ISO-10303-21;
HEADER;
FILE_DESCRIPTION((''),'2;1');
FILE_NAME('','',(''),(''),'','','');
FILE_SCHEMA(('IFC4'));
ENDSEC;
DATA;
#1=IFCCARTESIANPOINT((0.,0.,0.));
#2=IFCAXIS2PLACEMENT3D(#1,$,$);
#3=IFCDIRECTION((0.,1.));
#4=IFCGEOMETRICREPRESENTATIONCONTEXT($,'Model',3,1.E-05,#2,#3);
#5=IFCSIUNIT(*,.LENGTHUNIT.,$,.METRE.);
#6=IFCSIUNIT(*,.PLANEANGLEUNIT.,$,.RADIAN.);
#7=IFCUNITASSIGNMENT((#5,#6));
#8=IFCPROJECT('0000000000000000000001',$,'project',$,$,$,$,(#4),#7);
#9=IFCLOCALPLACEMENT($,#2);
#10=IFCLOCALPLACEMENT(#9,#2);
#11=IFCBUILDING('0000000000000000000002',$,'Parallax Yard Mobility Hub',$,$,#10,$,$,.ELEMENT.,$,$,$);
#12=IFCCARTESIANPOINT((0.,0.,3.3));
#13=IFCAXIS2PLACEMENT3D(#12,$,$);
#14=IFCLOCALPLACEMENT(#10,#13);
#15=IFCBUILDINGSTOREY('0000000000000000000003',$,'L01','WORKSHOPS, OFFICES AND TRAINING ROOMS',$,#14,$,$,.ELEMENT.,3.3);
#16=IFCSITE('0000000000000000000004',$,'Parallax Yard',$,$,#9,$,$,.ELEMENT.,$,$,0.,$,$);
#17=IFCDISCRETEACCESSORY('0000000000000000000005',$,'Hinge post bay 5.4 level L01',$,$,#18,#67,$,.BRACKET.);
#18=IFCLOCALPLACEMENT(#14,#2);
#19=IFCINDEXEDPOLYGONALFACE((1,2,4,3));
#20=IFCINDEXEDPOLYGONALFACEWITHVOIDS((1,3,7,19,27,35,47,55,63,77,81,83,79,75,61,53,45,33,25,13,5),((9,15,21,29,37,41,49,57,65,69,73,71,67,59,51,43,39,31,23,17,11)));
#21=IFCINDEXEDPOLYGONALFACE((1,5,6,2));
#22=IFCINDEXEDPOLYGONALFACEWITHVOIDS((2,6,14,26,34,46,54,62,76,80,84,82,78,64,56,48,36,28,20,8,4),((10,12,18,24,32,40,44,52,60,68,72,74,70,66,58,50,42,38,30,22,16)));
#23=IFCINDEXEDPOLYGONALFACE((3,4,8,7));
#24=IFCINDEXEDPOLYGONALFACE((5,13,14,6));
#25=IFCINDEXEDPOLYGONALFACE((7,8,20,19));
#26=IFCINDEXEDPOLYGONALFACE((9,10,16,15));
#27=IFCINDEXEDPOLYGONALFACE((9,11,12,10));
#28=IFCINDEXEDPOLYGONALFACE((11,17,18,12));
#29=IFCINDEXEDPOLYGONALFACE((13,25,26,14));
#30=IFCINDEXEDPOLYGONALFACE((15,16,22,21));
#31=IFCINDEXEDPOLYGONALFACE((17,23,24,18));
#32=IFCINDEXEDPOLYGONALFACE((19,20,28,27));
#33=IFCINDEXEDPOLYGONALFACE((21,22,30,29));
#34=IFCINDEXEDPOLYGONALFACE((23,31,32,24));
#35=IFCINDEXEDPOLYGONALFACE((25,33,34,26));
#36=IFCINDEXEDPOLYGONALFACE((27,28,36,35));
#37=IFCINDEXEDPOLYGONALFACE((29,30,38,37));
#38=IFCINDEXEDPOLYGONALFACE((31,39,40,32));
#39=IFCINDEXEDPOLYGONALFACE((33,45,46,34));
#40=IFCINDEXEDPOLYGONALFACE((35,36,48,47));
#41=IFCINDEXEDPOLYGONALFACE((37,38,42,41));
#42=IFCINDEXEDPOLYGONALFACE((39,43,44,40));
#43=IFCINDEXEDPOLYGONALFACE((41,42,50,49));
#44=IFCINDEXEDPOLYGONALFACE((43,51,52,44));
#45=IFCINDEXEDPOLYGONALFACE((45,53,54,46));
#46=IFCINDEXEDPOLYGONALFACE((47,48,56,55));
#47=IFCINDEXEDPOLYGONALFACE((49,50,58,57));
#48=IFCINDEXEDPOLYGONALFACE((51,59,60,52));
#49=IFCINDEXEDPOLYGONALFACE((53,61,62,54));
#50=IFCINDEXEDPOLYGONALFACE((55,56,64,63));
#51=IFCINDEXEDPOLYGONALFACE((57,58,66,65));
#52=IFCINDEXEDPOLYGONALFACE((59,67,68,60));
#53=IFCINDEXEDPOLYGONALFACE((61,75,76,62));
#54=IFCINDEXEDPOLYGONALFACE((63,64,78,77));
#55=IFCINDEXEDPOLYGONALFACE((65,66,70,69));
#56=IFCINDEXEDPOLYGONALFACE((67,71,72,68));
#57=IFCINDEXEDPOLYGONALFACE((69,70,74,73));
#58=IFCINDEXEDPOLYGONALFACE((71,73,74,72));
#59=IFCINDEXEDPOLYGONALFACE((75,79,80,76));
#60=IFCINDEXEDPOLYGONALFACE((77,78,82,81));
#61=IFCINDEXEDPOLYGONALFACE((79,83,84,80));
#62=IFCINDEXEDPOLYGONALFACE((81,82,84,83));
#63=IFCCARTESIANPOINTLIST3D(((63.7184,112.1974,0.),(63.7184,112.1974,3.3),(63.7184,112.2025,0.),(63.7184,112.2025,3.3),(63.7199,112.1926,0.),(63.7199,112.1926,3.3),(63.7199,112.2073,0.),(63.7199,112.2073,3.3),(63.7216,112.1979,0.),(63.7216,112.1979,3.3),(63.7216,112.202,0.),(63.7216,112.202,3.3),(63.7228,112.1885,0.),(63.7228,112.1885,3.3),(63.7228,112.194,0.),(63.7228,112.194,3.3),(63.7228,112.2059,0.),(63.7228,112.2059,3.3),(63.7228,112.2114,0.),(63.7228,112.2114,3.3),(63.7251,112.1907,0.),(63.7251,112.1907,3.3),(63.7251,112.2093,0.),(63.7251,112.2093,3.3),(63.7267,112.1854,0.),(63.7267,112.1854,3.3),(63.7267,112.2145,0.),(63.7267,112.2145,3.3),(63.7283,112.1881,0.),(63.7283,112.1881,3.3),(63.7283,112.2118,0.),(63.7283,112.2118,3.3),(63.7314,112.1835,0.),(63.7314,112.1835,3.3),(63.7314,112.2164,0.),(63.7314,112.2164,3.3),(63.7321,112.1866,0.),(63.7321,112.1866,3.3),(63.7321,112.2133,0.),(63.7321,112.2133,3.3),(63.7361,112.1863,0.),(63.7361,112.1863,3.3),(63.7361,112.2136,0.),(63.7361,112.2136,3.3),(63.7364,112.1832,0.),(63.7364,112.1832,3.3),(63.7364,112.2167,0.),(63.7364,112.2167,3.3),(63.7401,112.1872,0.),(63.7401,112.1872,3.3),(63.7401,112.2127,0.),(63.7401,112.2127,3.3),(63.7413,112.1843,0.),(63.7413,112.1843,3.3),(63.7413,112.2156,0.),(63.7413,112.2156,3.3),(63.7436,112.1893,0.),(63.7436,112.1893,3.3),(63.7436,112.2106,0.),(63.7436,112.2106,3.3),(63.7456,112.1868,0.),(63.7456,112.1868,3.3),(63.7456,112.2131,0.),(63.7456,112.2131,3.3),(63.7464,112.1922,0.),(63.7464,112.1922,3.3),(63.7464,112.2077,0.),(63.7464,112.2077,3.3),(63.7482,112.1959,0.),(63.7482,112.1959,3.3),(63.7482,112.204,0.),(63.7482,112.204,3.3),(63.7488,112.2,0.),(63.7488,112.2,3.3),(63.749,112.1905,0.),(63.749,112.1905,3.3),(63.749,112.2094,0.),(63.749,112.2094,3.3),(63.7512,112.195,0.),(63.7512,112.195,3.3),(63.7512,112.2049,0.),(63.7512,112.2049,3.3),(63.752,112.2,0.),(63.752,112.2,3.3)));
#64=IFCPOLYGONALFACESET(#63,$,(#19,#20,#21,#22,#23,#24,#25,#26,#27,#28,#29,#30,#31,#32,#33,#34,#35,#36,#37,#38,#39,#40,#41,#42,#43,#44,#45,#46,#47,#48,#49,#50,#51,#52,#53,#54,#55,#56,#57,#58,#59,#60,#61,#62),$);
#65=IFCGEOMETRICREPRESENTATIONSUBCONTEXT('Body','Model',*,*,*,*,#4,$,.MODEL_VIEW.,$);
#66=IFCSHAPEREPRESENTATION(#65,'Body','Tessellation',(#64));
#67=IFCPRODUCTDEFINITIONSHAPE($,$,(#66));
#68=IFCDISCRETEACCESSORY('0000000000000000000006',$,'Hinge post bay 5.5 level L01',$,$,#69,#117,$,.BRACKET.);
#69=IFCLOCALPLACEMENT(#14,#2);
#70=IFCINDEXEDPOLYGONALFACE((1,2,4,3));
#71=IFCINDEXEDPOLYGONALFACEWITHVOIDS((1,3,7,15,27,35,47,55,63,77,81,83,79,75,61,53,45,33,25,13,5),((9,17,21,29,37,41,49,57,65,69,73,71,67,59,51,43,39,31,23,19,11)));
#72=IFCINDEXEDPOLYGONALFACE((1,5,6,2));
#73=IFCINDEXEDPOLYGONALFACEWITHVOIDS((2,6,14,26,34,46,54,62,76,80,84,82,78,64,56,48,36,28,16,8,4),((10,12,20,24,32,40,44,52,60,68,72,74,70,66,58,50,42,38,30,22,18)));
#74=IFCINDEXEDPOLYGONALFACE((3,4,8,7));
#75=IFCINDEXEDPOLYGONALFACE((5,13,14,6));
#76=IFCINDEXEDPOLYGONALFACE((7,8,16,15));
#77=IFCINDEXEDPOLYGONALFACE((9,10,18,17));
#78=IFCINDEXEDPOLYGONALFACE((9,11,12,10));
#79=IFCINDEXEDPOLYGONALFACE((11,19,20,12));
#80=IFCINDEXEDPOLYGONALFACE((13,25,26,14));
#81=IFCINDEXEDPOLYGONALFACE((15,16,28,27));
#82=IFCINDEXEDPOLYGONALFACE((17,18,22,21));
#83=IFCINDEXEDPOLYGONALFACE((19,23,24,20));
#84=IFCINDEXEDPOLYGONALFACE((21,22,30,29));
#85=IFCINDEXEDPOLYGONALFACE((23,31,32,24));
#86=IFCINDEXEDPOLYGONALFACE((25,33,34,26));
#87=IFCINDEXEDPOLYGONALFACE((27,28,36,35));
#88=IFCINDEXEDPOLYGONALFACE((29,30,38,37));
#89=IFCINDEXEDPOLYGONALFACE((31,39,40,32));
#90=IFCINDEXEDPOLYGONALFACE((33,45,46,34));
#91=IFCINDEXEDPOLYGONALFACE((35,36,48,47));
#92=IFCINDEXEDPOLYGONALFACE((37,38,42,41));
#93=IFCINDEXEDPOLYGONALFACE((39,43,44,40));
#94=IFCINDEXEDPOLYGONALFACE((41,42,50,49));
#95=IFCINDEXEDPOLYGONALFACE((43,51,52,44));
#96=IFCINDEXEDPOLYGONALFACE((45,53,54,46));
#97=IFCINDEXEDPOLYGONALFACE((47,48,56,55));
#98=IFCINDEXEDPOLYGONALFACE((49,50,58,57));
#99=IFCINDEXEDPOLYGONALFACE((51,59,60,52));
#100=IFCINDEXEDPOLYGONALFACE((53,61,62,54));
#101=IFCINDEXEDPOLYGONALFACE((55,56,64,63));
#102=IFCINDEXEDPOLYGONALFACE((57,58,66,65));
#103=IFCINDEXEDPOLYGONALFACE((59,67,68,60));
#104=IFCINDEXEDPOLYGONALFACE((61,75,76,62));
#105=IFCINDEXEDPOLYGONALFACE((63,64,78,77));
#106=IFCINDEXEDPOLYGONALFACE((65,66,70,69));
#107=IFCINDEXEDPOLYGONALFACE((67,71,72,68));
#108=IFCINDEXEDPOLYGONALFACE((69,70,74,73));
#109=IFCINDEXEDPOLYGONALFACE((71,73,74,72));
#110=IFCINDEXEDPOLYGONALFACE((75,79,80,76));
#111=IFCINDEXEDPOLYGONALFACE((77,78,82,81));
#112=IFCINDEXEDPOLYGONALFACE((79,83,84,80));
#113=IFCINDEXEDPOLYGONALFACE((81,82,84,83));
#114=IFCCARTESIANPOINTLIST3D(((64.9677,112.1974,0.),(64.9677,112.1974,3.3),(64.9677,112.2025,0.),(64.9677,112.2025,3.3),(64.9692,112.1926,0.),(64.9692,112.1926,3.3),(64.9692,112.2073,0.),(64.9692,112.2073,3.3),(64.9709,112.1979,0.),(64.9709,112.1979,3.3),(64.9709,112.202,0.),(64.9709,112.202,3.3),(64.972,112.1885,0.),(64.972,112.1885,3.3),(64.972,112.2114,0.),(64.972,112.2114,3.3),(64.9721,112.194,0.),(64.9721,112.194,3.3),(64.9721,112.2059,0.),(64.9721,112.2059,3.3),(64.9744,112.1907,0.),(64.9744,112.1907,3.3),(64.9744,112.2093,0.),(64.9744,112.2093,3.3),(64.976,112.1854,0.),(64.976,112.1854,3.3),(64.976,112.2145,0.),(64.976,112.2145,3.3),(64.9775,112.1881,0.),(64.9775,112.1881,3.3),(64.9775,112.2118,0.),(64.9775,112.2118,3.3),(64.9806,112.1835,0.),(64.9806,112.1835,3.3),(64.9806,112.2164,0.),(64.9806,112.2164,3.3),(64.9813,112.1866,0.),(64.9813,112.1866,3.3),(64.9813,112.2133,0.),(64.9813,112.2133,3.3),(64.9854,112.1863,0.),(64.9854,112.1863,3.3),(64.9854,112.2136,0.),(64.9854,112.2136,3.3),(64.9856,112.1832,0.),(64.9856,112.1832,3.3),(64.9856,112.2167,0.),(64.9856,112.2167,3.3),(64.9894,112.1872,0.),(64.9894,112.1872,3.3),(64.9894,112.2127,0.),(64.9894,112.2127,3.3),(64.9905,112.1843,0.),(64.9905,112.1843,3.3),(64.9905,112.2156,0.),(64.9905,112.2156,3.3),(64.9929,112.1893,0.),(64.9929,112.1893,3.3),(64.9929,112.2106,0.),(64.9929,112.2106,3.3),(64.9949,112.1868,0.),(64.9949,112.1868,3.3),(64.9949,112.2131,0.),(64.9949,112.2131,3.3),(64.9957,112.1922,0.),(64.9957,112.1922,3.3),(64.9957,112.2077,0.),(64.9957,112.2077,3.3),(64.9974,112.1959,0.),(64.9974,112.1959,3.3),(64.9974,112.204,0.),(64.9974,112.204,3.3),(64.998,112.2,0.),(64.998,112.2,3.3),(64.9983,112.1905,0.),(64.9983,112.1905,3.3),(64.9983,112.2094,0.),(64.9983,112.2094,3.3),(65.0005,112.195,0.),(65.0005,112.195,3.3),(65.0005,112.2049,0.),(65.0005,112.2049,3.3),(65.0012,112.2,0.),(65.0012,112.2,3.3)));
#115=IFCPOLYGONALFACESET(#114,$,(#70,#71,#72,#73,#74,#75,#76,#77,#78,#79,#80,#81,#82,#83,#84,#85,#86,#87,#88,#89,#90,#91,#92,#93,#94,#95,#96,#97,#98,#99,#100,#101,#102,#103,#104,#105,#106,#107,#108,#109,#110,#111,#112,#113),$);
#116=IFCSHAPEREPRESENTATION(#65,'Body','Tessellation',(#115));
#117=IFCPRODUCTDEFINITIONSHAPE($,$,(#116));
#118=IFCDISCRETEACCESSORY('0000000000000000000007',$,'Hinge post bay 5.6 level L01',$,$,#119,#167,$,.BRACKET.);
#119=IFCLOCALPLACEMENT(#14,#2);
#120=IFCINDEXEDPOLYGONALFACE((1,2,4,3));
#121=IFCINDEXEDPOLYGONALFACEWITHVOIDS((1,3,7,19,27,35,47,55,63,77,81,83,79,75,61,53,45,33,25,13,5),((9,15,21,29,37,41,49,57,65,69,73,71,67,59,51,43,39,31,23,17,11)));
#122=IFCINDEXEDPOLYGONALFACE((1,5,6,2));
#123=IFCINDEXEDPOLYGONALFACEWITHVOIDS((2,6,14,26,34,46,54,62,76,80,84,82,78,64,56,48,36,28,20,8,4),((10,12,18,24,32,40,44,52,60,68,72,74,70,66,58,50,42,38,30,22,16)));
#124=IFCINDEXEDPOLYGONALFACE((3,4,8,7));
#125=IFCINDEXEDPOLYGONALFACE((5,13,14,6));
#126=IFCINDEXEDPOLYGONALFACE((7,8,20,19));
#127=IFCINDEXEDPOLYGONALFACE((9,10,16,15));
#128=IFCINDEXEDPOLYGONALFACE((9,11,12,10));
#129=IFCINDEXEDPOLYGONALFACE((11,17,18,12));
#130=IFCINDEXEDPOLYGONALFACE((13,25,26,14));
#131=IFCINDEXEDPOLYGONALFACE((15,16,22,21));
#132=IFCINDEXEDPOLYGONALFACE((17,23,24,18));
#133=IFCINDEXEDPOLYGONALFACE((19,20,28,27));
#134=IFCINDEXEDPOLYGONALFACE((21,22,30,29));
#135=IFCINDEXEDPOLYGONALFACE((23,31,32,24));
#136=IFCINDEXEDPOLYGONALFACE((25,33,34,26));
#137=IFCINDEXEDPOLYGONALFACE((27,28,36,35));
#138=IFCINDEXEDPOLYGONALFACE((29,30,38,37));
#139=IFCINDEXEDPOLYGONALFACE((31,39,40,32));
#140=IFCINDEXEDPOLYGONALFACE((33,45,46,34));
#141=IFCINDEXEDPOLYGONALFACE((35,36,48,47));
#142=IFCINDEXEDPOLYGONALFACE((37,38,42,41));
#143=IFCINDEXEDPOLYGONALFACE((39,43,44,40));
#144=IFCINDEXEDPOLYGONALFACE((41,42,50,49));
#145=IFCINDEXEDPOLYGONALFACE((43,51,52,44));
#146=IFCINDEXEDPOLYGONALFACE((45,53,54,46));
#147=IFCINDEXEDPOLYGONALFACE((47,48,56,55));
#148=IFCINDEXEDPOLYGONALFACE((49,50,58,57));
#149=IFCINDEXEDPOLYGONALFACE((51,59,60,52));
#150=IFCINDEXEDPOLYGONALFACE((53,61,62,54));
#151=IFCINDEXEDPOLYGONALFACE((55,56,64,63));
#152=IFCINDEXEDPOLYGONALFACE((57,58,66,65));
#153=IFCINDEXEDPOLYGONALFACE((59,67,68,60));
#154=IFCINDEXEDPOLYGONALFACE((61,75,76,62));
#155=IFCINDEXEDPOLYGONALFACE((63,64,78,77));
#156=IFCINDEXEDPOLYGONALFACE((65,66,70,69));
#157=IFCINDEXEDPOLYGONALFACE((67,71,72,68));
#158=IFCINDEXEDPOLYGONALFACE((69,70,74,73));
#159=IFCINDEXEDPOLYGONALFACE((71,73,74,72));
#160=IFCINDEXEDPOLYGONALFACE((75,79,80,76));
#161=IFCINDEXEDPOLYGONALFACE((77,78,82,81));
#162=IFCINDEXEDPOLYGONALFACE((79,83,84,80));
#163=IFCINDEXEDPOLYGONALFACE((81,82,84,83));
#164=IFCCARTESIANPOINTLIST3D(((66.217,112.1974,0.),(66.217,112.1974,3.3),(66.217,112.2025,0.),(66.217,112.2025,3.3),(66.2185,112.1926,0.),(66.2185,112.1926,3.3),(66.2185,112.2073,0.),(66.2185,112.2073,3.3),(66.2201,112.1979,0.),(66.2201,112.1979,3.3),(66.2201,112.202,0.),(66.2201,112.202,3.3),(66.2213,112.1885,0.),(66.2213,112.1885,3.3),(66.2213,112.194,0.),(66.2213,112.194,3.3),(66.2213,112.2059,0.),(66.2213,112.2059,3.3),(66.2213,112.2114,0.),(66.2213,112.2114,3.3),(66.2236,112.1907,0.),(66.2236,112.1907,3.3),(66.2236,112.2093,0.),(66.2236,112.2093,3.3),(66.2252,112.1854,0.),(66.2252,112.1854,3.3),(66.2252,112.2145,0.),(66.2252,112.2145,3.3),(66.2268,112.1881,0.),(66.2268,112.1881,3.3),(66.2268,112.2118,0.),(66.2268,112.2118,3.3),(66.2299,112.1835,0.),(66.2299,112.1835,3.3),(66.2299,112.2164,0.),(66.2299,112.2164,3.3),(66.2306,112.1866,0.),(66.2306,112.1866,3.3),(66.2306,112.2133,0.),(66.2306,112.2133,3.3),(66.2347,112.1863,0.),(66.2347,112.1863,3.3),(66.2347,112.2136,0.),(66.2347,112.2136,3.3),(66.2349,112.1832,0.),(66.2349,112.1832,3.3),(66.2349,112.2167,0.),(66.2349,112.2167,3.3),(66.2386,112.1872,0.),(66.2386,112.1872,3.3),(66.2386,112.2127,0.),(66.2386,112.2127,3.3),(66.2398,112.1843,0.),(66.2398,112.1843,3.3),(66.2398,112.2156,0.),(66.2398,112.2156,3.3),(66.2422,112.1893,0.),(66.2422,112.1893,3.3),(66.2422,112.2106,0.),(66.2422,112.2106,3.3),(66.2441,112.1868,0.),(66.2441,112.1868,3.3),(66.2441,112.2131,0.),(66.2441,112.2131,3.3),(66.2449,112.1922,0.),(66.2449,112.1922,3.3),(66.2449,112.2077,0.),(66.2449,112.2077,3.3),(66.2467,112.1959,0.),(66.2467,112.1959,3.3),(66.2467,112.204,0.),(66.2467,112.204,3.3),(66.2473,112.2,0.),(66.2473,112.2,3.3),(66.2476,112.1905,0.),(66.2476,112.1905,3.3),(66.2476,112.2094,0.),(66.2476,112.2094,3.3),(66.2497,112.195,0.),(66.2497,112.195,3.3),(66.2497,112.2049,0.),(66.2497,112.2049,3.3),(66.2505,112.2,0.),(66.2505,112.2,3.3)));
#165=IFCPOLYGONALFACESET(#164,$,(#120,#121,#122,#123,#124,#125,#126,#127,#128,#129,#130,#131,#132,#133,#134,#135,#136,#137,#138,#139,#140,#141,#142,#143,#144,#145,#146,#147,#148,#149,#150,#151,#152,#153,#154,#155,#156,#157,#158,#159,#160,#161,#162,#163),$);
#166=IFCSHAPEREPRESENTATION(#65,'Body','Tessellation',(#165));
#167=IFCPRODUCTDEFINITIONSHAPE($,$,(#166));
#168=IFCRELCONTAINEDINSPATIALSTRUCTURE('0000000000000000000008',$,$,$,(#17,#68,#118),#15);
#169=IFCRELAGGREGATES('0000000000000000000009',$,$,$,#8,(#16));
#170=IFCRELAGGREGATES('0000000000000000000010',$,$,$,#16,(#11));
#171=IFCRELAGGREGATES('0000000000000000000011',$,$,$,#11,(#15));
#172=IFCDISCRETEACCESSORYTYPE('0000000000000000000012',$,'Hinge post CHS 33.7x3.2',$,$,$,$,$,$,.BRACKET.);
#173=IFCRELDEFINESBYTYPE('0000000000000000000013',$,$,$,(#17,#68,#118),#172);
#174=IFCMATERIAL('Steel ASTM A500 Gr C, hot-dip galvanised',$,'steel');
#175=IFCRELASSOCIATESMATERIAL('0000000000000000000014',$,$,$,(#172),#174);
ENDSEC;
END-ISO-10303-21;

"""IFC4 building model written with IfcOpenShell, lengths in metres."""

from ifc_helpers import new_model, si_unit, direction, frame, origin, origin_2d, place, context, subcontext, project, spatial, hollow_circle, extrude, material, material_profile, profile_set, type_object, element, save


model = new_model("IFC4")

# Units and contexts
model_context = context("Model", 3, precision=1e-05, world=origin(), true_north=direction((0.0, 1.0)))
body_context = subcontext(model_context, "Body", "Model", "MODEL_VIEW")
ifc_project = project(units=[si_unit("LENGTHUNIT", "METRE"), si_unit("PLANEANGLEUNIT", "RADIAN")], contexts=[model_context])

# Site, building, storey
site_placement = place(None, origin())
site = spatial("IfcSite", under=ifc_project, at=site_placement, Name="Parallax Yard", CompositionType="ELEMENT", RefElevation=0.0)
building_placement = place(site_placement, origin())
building = spatial("IfcBuilding", under=site, at=building_placement, Name="Parallax Yard Mobility Hub", CompositionType="ELEMENT")
storey_placement = place(building_placement, frame((0.0, 0.0, 3.3)))
storey = spatial("IfcBuildingStorey", under=building, at=storey_placement, Name="L01", Description="WORKSHOPS, OFFICES AND TRAINING ROOMS", CompositionType="ELEMENT", Elevation=3.3)

# Discrete accessories
ifc_material_1 = material(Name="Steel ASTM A500 Gr C, hot-dip galvanised", Category="steel")
ifc_material_profile_1 = material_profile(ifc_material_1, hollow_circle(Radius=0.0168, WallThickness=0.0032, at=origin_2d()), Name="CHS 33.7x3.2")
ifc_profile_set_1 = profile_set([ifc_material_profile_1], Name="Steel ASTM A500 Gr C, hot-dip galvanised")
discrete_accessory_type_1 = type_object("IfcDiscreteAccessoryType", Name="Hinge post CHS 33.7x3.2", PredefinedType="BRACKET", material=ifc_profile_set_1)
for number, where, z_axis, x_axis, name in (
    (1, (63.7351, 112.2, 0.0), (0.0, 0.0, 1.0), (1.0, 0.0, 0.0), "Hinge post bay 5.4 level L01"),
    (2, (64.9844, 112.2, 0.0), (0.0, 0.0, 1.0), (1.0, 0.0, 0.0), "Hinge post bay 5.5 level L01"),
    (3, (66.2336, 112.2, 0.0), (0.0, 0.0, 1.0), (1.0, 0.0, 0.0), "Hinge post bay 5.6 level L01"),
):
    element("IfcDiscreteAccessory", number, at=place(storey_placement, frame(where, z_axis=z_axis, x_axis=x_axis)), inside=storey, type_object=discrete_accessory_type_1, Name=name, PredefinedType="BRACKET", context=body_context, shape_type="SweptSolid", body=[
        extrude(hollow_circle(Radius=0.0168, WallThickness=0.0032, at=origin_2d()), origin(), (0.0, 0.0, 1.0), 3.3),
    ])

save(model, "model.ifc")
